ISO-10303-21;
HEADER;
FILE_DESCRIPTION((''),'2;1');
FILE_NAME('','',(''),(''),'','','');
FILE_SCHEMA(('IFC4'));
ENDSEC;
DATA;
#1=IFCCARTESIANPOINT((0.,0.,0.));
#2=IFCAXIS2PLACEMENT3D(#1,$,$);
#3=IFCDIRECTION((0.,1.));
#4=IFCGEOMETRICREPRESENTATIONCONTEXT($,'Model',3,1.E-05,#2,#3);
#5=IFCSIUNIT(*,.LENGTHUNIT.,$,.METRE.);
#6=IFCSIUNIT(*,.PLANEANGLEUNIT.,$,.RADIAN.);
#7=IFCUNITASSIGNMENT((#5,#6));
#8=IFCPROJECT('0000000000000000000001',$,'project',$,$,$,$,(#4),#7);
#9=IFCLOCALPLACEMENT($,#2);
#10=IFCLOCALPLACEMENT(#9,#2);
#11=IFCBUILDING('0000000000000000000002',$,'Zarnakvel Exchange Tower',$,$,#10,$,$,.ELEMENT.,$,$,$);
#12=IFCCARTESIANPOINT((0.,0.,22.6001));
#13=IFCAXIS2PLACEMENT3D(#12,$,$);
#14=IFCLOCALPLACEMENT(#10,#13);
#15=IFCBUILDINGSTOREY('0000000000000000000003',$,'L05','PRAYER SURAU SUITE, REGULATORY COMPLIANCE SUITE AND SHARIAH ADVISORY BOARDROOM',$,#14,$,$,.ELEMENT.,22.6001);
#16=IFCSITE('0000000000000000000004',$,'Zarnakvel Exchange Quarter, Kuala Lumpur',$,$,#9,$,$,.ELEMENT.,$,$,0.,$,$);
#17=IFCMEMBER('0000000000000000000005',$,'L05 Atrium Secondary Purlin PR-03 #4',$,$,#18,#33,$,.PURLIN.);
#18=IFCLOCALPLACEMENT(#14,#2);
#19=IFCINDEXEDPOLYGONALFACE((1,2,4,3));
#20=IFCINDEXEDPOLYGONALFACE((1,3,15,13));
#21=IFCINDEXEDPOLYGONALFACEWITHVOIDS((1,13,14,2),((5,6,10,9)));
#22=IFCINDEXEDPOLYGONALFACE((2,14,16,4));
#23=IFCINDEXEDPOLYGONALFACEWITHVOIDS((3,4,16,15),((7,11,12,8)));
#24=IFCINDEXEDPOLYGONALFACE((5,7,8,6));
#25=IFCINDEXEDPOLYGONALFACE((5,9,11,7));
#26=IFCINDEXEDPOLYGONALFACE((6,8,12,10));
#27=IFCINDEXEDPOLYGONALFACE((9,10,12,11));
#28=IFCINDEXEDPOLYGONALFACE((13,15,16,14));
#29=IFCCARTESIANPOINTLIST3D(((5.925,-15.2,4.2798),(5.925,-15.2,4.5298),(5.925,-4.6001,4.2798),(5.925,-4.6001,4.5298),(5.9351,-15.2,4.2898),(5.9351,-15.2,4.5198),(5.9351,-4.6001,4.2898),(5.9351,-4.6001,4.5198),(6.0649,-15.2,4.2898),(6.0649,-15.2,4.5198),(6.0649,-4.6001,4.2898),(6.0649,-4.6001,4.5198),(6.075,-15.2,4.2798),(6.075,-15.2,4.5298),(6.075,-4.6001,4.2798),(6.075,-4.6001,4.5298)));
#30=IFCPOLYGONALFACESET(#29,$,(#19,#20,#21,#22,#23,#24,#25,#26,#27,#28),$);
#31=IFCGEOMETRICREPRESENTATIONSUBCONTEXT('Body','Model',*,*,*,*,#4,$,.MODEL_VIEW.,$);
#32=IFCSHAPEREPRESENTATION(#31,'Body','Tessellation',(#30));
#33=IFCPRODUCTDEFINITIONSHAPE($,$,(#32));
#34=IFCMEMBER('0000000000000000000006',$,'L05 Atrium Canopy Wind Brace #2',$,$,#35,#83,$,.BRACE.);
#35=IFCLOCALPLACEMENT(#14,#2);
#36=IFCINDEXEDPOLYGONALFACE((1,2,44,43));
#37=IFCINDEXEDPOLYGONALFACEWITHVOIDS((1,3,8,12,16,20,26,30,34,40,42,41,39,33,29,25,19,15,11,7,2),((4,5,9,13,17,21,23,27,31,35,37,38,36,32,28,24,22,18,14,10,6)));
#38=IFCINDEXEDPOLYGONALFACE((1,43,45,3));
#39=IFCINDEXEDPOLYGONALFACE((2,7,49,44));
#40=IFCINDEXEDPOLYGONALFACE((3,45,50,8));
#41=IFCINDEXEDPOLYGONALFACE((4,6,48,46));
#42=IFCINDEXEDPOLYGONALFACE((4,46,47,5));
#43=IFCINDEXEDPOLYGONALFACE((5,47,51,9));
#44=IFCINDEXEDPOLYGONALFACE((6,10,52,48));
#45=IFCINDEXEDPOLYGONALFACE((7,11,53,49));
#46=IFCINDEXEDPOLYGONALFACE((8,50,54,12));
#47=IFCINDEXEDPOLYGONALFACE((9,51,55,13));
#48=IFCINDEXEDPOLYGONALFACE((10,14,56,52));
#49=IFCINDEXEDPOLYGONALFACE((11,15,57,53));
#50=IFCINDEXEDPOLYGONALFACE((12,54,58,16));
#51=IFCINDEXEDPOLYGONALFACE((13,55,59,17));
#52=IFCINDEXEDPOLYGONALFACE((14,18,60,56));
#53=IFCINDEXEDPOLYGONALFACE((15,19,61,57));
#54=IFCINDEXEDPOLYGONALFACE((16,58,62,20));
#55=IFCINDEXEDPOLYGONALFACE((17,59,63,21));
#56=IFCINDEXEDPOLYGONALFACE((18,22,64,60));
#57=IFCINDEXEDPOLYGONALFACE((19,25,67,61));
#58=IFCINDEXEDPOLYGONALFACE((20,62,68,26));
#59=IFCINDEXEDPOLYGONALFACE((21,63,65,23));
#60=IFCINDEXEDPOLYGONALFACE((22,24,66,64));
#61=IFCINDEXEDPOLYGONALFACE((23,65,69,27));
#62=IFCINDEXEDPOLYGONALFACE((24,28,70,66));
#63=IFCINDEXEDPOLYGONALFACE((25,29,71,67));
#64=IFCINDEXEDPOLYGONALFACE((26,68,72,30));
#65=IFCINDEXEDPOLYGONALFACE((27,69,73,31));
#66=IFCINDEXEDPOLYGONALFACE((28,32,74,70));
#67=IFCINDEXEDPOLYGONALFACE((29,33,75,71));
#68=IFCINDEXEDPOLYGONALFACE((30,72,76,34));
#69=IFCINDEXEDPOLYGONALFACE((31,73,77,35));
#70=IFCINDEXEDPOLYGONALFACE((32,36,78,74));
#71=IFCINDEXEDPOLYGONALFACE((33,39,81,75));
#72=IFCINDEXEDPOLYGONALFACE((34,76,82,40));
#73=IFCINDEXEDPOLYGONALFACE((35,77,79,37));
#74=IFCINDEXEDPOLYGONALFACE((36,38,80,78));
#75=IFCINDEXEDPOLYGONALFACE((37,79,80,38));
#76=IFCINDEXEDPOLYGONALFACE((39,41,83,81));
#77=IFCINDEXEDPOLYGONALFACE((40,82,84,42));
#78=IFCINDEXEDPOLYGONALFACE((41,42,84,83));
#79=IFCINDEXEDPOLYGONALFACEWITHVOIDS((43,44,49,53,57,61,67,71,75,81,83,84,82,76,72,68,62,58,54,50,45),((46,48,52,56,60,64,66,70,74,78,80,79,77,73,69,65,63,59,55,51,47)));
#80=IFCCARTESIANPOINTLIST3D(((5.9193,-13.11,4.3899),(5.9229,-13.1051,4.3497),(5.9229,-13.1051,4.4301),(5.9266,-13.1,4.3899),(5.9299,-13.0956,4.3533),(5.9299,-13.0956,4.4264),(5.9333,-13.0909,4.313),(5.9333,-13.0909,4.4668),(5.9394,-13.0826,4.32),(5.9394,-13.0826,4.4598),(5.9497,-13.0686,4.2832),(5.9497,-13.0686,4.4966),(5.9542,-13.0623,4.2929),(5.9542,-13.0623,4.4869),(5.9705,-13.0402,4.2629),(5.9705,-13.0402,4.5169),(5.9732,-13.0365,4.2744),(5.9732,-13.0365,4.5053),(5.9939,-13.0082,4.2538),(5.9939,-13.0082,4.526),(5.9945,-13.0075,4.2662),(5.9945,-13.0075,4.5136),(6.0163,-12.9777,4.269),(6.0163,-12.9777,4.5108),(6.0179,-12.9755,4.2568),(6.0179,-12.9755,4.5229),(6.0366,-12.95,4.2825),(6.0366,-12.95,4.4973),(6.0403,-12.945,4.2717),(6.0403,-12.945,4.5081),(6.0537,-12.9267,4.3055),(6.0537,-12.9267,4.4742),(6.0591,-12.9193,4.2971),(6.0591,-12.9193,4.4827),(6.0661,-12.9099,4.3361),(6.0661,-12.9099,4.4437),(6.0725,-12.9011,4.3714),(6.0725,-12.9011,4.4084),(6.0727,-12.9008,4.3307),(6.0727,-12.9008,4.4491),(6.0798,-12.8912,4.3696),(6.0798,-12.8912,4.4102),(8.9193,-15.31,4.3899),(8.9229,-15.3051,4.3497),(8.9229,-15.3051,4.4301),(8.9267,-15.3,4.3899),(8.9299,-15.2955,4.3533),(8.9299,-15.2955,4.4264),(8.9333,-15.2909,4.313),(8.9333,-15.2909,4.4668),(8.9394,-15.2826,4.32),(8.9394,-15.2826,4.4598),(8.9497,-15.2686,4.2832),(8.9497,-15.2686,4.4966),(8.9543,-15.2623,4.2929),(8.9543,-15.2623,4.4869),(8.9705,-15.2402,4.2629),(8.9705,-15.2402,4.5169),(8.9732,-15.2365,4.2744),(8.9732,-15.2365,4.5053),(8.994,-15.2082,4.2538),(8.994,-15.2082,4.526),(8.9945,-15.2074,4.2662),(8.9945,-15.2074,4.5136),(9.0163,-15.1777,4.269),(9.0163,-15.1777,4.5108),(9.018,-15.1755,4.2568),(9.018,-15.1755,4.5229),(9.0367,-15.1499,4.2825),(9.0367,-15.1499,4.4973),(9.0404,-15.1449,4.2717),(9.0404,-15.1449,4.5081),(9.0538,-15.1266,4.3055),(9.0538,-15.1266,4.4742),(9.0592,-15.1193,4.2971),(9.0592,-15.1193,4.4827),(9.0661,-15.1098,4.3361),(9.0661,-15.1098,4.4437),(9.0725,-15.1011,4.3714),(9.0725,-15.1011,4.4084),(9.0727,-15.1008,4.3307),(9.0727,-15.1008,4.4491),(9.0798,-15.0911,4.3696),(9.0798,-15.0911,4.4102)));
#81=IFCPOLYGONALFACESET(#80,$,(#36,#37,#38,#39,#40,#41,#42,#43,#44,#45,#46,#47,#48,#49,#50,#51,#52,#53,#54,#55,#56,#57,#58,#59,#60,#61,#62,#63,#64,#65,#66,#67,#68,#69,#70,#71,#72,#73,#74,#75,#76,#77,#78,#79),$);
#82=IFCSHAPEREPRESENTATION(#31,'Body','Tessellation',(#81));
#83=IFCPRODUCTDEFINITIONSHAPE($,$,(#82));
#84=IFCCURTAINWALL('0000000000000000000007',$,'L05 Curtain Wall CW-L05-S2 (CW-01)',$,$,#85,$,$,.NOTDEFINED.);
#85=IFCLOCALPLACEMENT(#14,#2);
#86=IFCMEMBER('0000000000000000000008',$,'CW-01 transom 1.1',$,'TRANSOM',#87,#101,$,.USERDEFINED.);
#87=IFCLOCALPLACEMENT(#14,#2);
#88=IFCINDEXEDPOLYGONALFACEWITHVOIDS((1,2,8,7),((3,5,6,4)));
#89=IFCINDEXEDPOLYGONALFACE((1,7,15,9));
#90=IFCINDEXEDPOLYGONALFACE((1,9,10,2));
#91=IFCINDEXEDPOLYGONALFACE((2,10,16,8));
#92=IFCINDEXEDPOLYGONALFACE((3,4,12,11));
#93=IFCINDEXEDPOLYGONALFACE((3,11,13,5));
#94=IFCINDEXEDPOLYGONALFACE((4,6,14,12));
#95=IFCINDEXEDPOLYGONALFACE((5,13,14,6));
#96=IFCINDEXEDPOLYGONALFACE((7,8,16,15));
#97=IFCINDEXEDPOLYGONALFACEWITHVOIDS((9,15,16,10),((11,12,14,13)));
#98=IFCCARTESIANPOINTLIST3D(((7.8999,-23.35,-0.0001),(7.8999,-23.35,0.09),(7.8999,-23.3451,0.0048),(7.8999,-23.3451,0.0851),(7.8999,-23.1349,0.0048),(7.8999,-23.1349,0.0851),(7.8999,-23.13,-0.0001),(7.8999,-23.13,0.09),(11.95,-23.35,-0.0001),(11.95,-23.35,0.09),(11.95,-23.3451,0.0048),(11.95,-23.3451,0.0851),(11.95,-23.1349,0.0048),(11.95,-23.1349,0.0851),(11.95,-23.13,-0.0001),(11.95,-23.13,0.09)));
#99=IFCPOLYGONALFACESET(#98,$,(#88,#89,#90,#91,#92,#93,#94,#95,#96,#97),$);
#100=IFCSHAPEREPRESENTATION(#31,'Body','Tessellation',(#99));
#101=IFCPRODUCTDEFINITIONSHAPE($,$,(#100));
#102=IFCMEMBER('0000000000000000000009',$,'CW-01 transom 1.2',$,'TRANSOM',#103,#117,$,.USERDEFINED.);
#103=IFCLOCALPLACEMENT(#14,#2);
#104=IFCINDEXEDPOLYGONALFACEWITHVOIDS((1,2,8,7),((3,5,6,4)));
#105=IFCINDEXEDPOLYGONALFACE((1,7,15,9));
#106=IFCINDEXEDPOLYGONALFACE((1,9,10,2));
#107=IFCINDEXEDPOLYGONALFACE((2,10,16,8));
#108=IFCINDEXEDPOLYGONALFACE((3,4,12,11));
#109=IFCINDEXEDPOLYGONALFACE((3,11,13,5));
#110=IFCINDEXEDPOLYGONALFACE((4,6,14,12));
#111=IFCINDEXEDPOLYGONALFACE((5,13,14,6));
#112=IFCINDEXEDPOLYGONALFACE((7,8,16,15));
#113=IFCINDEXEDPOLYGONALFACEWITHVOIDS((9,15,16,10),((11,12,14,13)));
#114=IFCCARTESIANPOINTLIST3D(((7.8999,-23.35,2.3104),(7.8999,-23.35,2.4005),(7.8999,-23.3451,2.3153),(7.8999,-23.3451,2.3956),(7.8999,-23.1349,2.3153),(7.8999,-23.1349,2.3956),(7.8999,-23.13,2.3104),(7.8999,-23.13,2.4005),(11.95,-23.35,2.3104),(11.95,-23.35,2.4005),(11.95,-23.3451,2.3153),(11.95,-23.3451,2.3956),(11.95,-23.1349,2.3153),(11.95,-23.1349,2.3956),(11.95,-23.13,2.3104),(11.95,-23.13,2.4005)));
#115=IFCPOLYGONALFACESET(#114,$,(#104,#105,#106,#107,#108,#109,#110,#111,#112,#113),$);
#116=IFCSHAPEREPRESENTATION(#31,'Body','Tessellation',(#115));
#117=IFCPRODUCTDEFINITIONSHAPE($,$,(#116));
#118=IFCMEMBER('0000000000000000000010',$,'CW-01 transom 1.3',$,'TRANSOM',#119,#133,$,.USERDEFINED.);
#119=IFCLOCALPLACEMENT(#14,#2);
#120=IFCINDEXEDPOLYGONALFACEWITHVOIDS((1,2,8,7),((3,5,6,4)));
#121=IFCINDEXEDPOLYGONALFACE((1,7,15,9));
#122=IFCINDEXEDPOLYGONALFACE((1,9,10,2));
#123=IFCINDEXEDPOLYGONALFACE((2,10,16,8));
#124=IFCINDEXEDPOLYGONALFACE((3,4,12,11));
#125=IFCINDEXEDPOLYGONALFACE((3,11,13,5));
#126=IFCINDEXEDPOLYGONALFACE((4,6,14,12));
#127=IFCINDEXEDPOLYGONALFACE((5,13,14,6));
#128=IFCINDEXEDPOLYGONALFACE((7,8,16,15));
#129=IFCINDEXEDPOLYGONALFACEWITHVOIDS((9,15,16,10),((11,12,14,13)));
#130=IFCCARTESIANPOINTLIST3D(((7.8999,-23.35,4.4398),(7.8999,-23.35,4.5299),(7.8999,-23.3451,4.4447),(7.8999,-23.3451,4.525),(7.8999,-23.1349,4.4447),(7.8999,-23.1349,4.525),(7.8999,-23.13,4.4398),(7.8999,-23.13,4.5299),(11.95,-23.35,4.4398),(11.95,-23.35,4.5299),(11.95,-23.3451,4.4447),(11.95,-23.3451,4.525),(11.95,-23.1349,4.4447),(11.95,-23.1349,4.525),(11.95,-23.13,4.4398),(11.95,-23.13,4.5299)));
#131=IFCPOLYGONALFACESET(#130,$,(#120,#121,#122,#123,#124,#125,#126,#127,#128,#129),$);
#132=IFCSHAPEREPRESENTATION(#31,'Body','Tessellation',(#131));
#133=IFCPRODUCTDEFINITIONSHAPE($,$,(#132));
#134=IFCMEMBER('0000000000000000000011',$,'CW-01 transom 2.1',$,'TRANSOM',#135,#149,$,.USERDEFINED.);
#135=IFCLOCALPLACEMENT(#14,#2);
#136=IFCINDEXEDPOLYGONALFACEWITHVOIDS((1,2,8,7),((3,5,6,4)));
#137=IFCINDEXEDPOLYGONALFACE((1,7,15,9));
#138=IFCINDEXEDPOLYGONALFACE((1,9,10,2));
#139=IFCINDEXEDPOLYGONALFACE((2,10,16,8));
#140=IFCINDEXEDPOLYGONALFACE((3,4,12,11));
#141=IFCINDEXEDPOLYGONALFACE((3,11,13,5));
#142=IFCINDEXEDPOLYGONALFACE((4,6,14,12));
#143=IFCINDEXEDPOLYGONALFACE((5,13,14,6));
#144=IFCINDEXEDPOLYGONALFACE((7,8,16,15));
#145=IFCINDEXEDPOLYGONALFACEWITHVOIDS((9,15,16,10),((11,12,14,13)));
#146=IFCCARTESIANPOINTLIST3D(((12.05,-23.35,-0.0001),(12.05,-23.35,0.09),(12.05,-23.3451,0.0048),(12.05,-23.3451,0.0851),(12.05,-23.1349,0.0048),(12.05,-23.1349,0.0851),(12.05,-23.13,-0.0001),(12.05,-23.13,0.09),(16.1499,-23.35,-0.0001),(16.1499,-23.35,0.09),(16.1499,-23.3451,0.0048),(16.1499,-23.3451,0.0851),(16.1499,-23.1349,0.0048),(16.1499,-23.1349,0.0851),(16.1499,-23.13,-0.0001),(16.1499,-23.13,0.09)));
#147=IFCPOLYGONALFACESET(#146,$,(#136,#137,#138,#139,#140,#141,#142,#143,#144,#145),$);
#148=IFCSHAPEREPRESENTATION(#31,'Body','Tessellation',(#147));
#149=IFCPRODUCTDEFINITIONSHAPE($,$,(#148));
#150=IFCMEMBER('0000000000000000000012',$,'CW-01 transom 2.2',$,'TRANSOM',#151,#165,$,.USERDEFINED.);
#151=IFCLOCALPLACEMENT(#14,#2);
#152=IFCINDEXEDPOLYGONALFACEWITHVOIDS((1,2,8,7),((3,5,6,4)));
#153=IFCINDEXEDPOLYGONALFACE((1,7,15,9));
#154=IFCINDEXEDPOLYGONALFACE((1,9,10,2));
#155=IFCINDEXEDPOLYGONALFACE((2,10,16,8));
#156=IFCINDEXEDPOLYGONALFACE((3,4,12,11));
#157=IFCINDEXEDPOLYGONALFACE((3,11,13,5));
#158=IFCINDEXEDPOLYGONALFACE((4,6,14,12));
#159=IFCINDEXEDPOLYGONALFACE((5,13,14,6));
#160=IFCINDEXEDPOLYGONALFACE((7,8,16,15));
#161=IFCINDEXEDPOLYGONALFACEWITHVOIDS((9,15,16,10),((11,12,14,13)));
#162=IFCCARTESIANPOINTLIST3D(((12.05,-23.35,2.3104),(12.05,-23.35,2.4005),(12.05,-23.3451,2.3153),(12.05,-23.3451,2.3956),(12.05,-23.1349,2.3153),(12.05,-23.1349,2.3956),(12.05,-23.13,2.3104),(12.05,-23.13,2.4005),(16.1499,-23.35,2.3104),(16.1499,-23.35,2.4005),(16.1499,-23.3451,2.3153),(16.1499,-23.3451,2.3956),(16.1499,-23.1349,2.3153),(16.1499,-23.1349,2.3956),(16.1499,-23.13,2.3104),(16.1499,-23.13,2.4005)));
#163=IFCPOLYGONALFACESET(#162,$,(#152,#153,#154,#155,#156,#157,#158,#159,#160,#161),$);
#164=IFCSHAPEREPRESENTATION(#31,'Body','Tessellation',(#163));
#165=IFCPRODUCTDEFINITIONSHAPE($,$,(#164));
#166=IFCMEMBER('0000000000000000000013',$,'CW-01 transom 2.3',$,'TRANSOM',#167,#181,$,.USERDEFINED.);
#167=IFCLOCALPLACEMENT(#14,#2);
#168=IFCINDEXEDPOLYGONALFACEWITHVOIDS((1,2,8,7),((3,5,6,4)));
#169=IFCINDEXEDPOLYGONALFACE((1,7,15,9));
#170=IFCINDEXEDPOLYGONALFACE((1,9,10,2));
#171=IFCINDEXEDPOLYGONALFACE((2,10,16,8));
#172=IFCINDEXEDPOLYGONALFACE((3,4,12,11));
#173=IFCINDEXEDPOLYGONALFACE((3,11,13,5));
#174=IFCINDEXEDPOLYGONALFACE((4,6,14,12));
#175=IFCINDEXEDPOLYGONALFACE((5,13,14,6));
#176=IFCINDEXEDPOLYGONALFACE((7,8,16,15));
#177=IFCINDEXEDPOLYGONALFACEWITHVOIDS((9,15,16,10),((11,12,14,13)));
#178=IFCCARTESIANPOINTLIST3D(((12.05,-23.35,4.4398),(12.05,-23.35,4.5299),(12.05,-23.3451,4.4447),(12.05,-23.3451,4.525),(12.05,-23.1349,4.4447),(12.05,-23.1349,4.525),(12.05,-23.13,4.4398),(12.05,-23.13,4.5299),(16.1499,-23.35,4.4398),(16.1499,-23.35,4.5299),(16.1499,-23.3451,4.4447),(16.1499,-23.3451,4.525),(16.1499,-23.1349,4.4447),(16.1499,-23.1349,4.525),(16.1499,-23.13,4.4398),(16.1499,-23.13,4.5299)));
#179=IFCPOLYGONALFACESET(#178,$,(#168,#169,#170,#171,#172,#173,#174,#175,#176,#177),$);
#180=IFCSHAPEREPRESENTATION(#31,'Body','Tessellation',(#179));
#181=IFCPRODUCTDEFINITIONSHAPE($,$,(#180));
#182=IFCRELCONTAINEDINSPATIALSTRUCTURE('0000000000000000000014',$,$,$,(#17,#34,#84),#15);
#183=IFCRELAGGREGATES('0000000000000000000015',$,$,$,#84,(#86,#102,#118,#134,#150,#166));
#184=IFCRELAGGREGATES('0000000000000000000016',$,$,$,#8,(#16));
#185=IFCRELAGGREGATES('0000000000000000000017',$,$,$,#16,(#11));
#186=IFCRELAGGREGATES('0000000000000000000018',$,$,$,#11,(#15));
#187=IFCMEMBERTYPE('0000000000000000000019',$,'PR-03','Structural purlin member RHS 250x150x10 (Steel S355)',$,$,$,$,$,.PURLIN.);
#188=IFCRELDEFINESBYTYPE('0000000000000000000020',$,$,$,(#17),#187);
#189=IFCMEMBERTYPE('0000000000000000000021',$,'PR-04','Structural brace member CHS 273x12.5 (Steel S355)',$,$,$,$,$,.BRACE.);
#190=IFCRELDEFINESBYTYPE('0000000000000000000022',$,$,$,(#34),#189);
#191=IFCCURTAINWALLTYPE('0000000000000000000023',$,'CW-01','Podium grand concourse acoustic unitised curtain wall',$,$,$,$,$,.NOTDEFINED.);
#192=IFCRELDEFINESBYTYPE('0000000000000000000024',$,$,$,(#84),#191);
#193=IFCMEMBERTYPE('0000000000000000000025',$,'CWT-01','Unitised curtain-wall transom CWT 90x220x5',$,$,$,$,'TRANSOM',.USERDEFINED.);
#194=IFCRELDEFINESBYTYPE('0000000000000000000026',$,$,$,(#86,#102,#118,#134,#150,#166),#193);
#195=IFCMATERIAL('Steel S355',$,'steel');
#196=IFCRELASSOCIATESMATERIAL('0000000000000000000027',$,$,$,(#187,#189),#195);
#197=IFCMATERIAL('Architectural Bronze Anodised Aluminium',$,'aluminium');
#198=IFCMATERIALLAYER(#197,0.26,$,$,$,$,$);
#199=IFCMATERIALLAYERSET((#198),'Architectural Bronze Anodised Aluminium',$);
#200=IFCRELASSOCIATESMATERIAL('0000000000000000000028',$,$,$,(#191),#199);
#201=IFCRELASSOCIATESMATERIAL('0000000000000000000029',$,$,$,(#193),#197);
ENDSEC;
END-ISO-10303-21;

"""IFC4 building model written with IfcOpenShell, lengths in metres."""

from ifc_helpers import new_model, si_unit, direction, frame, origin, origin_2d, place, context, subcontext, project, spatial, hollow_rectangle, hollow_circle, extrude, source, transform, mapped, material, layer, layer_set, material_profile, profile_set, type_object, element, aggregate, save


model = new_model("IFC4")

# Units and contexts
model_context = context("Model", 3, precision=1e-05, world=origin(), true_north=direction((0.0, 1.0)))
body_context = subcontext(model_context, "Body", "Model", "MODEL_VIEW")
ifc_project = project(units=[si_unit("LENGTHUNIT", "METRE"), si_unit("PLANEANGLEUNIT", "RADIAN")], contexts=[model_context])

# Site, building, storey
site_placement = place(None, origin())
site = spatial("IfcSite", under=ifc_project, at=site_placement, Name="Zarnakvel Exchange Quarter, Kuala Lumpur", CompositionType="ELEMENT", RefElevation=0.0)
building_placement = place(site_placement, origin())
building = spatial("IfcBuilding", under=site, at=building_placement, Name="Zarnakvel Exchange Tower", CompositionType="ELEMENT")
storey_placement = place(building_placement, frame((0.0, 0.0, 22.6001)))
storey = spatial("IfcBuildingStorey", under=building, at=storey_placement, Name="L05", Description="PRAYER SURAU SUITE, REGULATORY COMPLIANCE SUITE AND SHARIAH ADVISORY BOARDROOM", CompositionType="ELEMENT", Elevation=22.6001)

# Shared definitions
ifc_material_1 = material(Name="Steel S355", Category="steel")

# Members
ifc_material_profile_1 = material_profile(ifc_material_1, hollow_rectangle(XDim=0.1499, YDim=0.25, WallThickness=0.01, at=origin_2d()))
ifc_profile_set_1 = profile_set([ifc_material_profile_1], Name="Steel S355")
member_type_1 = type_object("IfcMemberType", Name="PR-03", Description="Structural purlin member RHS 250x150x10 (Steel S355)", PredefinedType="PURLIN", material=ifc_profile_set_1)
shared_shape_1 = source(origin(), body_context, "Body", "SweptSolid", [
    extrude(hollow_rectangle(XDim=0.1499, YDim=0.25, WallThickness=0.01, at=origin_2d()), origin(), (0.0, 0.0, 1.0), 10.5999),
])
for number, where, z_axis, x_axis, name in (
    (1, (6.0, -15.2, 4.4048), (0.0, 1.0, 0.0), (-1.0, 0.0, 0.0), "L05 Atrium Secondary Purlin PR-03 #4"),
):
    element("IfcMember", number, at=place(storey_placement, frame(where, z_axis=z_axis, x_axis=x_axis)), inside=storey, type_object=member_type_1, Name=name, PredefinedType="PURLIN", context=body_context, shape_type="MappedRepresentation", body=[
        mapped(shared_shape_1, transform((0.0, 0.0, 0.0), x_axis=(1.0, 0.0, 0.0), y_axis=(0.0, 1.0, 0.0), z_axis=(0.0, 0.0, 1.0), scale=1.0)),
    ])
ifc_material_profile_2 = material_profile(ifc_material_1, hollow_circle(Radius=0.1365, WallThickness=0.0125, at=origin_2d()))
ifc_profile_set_2 = profile_set([ifc_material_profile_2], Name="Steel S355")
member_type_2 = type_object("IfcMemberType", Name="PR-04", Description="Structural brace member CHS 273x12.5 (Steel S355)", PredefinedType="BRACE", material=ifc_profile_set_2)
shared_shape_2 = source(origin(), body_context, "Body", "SweptSolid", [
    extrude(hollow_circle(Radius=0.1365, WallThickness=0.0125, at=origin_2d()), origin(), (0.0, 0.0, 1.0), 3.7202),
])
member_1_placement = place(storey_placement, frame((9.0, -15.2, 4.3899), z_axis=(-0.806411, 0.591355, 0.0), x_axis=(-0.591355, -0.806411, 0.0)))
element("IfcMember", 2, at=member_1_placement, inside=storey, type_object=member_type_2, Name="L05 Atrium Canopy Wind Brace #2", PredefinedType="BRACE", context=body_context, shape_type="MappedRepresentation", body=[
    mapped(shared_shape_2, transform((0.0, 0.0, 0.0), x_axis=(1.0, 0.0, 0.0), y_axis=(0.0, 1.0, 0.0), z_axis=(0.0, 0.0, 1.0), scale=1.0)),
])

# Curtain wall, members
ifc_material_2 = material(Name="Architectural Bronze Anodised Aluminium", Category="aluminium")
ifc_layer_1 = layer(ifc_material_2, 0.26)
ifc_layer_set_1 = layer_set([ifc_layer_1], Name="Architectural Bronze Anodised Aluminium")
curtain_wall_type = type_object("IfcCurtainWallType", Name="CW-01", Description="Podium grand concourse acoustic unitised curtain wall", PredefinedType="NOTDEFINED", material=ifc_layer_set_1)
curtain_wall_placement = place(storey_placement, origin())
curtain_wall = element("IfcCurtainWall", 3, at=curtain_wall_placement, inside=storey, type_object=curtain_wall_type, Name="L05 Curtain Wall CW-L05-S2 (CW-01)", PredefinedType="NOTDEFINED")
ifc_material_profile_3 = material_profile(ifc_material_2, hollow_rectangle(XDim=0.22, YDim=0.0901, WallThickness=0.0049, at=origin_2d()))
ifc_profile_set_3 = profile_set([ifc_material_profile_3], Name="Architectural Bronze Anodised Aluminium")
member_type_3 = type_object("IfcMemberType", Name="CWT-01", Description="Unitised curtain-wall transom CWT 90x220x5", ElementType="TRANSOM", PredefinedType="USERDEFINED", material=ifc_profile_set_3)
shared_shape_3 = source(origin(), body_context, "Body", "SweptSolid", [
    extrude(hollow_rectangle(XDim=0.22, YDim=0.0901, WallThickness=0.0049, at=origin_2d()), origin(), (0.0, 0.0, 1.0), 4.05),
])
member_2_placement = place(storey_placement, frame((7.8999, -23.24, 0.0449), z_axis=(1.0, 0.0, 0.0), x_axis=(0.0, 1.0, 0.0)))
member_2 = element("IfcMember", 4, at=member_2_placement, type_object=member_type_3, Name="CW-01 transom 1.1", ObjectType="TRANSOM", PredefinedType="USERDEFINED", context=body_context, shape_type="MappedRepresentation", body=[
    mapped(shared_shape_3, transform((0.0, 0.0, 0.0), x_axis=(1.0, 0.0, 0.0), y_axis=(0.0, 1.0, 0.0), z_axis=(0.0, 0.0, 1.0), scale=1.0)),
])
member_3_placement = place(storey_placement, frame((7.8999, -23.24, 2.3555), z_axis=(1.0, 0.0, 0.0), x_axis=(0.0, 1.0, 0.0)))
member_3 = element("IfcMember", 5, at=member_3_placement, type_object=member_type_3, Name="CW-01 transom 1.2", ObjectType="TRANSOM", PredefinedType="USERDEFINED", context=body_context, shape_type="MappedRepresentation", body=[
    mapped(shared_shape_3, transform((0.0, 0.0, 0.0), x_axis=(1.0, 0.0, 0.0), y_axis=(0.0, 1.0, 0.0), z_axis=(0.0, 0.0, 1.0), scale=1.0)),
])
member_4_placement = place(storey_placement, frame((7.8999, -23.24, 4.4849), z_axis=(1.0, 0.0, 0.0), x_axis=(0.0, 1.0, 0.0)))
member_4 = element("IfcMember", 6, at=member_4_placement, type_object=member_type_3, Name="CW-01 transom 1.3", ObjectType="TRANSOM", PredefinedType="USERDEFINED", context=body_context, shape_type="MappedRepresentation", body=[
    mapped(shared_shape_3, transform((0.0, 0.0, 0.0), x_axis=(1.0, 0.0, 0.0), y_axis=(0.0, 1.0, 0.0), z_axis=(0.0, 0.0, 1.0), scale=1.0)),
])
shared_shape_4 = source(origin(), body_context, "Body", "SweptSolid", [
    extrude(hollow_rectangle(XDim=0.22, YDim=0.0901, WallThickness=0.0049, at=origin_2d()), origin(), (0.0, 0.0, 1.0), 4.0999),
])
member_5_placement = place(storey_placement, frame((12.05, -23.24, 0.0449), z_axis=(1.0, 0.0, 0.0), x_axis=(0.0, 1.0, 0.0)))
member_5 = element("IfcMember", 7, at=member_5_placement, type_object=member_type_3, Name="CW-01 transom 2.1", ObjectType="TRANSOM", PredefinedType="USERDEFINED", context=body_context, shape_type="MappedRepresentation", body=[
    mapped(shared_shape_4, transform((0.0, 0.0, 0.0), x_axis=(1.0, 0.0, 0.0), y_axis=(0.0, 1.0, 0.0), z_axis=(0.0, 0.0, 1.0), scale=1.0)),
])
member_6_placement = place(storey_placement, frame((12.05, -23.24, 2.3555), z_axis=(1.0, 0.0, 0.0), x_axis=(0.0, 1.0, 0.0)))
member_6 = element("IfcMember", 8, at=member_6_placement, type_object=member_type_3, Name="CW-01 transom 2.2", ObjectType="TRANSOM", PredefinedType="USERDEFINED", context=body_context, shape_type="MappedRepresentation", body=[
    mapped(shared_shape_4, transform((0.0, 0.0, 0.0), x_axis=(1.0, 0.0, 0.0), y_axis=(0.0, 1.0, 0.0), z_axis=(0.0, 0.0, 1.0), scale=1.0)),
])
member_7_placement = place(storey_placement, frame((12.05, -23.24, 4.4849), z_axis=(1.0, 0.0, 0.0), x_axis=(0.0, 1.0, 0.0)))
member_7 = element("IfcMember", 9, at=member_7_placement, type_object=member_type_3, Name="CW-01 transom 2.3", ObjectType="TRANSOM", PredefinedType="USERDEFINED", context=body_context, shape_type="MappedRepresentation", body=[
    mapped(shared_shape_4, transform((0.0, 0.0, 0.0), x_axis=(1.0, 0.0, 0.0), y_axis=(0.0, 1.0, 0.0), z_axis=(0.0, 0.0, 1.0), scale=1.0)),
])

aggregate(curtain_wall, [member_2, member_3, member_4, member_5, member_6, member_7])

save(model, "model.ifc")
